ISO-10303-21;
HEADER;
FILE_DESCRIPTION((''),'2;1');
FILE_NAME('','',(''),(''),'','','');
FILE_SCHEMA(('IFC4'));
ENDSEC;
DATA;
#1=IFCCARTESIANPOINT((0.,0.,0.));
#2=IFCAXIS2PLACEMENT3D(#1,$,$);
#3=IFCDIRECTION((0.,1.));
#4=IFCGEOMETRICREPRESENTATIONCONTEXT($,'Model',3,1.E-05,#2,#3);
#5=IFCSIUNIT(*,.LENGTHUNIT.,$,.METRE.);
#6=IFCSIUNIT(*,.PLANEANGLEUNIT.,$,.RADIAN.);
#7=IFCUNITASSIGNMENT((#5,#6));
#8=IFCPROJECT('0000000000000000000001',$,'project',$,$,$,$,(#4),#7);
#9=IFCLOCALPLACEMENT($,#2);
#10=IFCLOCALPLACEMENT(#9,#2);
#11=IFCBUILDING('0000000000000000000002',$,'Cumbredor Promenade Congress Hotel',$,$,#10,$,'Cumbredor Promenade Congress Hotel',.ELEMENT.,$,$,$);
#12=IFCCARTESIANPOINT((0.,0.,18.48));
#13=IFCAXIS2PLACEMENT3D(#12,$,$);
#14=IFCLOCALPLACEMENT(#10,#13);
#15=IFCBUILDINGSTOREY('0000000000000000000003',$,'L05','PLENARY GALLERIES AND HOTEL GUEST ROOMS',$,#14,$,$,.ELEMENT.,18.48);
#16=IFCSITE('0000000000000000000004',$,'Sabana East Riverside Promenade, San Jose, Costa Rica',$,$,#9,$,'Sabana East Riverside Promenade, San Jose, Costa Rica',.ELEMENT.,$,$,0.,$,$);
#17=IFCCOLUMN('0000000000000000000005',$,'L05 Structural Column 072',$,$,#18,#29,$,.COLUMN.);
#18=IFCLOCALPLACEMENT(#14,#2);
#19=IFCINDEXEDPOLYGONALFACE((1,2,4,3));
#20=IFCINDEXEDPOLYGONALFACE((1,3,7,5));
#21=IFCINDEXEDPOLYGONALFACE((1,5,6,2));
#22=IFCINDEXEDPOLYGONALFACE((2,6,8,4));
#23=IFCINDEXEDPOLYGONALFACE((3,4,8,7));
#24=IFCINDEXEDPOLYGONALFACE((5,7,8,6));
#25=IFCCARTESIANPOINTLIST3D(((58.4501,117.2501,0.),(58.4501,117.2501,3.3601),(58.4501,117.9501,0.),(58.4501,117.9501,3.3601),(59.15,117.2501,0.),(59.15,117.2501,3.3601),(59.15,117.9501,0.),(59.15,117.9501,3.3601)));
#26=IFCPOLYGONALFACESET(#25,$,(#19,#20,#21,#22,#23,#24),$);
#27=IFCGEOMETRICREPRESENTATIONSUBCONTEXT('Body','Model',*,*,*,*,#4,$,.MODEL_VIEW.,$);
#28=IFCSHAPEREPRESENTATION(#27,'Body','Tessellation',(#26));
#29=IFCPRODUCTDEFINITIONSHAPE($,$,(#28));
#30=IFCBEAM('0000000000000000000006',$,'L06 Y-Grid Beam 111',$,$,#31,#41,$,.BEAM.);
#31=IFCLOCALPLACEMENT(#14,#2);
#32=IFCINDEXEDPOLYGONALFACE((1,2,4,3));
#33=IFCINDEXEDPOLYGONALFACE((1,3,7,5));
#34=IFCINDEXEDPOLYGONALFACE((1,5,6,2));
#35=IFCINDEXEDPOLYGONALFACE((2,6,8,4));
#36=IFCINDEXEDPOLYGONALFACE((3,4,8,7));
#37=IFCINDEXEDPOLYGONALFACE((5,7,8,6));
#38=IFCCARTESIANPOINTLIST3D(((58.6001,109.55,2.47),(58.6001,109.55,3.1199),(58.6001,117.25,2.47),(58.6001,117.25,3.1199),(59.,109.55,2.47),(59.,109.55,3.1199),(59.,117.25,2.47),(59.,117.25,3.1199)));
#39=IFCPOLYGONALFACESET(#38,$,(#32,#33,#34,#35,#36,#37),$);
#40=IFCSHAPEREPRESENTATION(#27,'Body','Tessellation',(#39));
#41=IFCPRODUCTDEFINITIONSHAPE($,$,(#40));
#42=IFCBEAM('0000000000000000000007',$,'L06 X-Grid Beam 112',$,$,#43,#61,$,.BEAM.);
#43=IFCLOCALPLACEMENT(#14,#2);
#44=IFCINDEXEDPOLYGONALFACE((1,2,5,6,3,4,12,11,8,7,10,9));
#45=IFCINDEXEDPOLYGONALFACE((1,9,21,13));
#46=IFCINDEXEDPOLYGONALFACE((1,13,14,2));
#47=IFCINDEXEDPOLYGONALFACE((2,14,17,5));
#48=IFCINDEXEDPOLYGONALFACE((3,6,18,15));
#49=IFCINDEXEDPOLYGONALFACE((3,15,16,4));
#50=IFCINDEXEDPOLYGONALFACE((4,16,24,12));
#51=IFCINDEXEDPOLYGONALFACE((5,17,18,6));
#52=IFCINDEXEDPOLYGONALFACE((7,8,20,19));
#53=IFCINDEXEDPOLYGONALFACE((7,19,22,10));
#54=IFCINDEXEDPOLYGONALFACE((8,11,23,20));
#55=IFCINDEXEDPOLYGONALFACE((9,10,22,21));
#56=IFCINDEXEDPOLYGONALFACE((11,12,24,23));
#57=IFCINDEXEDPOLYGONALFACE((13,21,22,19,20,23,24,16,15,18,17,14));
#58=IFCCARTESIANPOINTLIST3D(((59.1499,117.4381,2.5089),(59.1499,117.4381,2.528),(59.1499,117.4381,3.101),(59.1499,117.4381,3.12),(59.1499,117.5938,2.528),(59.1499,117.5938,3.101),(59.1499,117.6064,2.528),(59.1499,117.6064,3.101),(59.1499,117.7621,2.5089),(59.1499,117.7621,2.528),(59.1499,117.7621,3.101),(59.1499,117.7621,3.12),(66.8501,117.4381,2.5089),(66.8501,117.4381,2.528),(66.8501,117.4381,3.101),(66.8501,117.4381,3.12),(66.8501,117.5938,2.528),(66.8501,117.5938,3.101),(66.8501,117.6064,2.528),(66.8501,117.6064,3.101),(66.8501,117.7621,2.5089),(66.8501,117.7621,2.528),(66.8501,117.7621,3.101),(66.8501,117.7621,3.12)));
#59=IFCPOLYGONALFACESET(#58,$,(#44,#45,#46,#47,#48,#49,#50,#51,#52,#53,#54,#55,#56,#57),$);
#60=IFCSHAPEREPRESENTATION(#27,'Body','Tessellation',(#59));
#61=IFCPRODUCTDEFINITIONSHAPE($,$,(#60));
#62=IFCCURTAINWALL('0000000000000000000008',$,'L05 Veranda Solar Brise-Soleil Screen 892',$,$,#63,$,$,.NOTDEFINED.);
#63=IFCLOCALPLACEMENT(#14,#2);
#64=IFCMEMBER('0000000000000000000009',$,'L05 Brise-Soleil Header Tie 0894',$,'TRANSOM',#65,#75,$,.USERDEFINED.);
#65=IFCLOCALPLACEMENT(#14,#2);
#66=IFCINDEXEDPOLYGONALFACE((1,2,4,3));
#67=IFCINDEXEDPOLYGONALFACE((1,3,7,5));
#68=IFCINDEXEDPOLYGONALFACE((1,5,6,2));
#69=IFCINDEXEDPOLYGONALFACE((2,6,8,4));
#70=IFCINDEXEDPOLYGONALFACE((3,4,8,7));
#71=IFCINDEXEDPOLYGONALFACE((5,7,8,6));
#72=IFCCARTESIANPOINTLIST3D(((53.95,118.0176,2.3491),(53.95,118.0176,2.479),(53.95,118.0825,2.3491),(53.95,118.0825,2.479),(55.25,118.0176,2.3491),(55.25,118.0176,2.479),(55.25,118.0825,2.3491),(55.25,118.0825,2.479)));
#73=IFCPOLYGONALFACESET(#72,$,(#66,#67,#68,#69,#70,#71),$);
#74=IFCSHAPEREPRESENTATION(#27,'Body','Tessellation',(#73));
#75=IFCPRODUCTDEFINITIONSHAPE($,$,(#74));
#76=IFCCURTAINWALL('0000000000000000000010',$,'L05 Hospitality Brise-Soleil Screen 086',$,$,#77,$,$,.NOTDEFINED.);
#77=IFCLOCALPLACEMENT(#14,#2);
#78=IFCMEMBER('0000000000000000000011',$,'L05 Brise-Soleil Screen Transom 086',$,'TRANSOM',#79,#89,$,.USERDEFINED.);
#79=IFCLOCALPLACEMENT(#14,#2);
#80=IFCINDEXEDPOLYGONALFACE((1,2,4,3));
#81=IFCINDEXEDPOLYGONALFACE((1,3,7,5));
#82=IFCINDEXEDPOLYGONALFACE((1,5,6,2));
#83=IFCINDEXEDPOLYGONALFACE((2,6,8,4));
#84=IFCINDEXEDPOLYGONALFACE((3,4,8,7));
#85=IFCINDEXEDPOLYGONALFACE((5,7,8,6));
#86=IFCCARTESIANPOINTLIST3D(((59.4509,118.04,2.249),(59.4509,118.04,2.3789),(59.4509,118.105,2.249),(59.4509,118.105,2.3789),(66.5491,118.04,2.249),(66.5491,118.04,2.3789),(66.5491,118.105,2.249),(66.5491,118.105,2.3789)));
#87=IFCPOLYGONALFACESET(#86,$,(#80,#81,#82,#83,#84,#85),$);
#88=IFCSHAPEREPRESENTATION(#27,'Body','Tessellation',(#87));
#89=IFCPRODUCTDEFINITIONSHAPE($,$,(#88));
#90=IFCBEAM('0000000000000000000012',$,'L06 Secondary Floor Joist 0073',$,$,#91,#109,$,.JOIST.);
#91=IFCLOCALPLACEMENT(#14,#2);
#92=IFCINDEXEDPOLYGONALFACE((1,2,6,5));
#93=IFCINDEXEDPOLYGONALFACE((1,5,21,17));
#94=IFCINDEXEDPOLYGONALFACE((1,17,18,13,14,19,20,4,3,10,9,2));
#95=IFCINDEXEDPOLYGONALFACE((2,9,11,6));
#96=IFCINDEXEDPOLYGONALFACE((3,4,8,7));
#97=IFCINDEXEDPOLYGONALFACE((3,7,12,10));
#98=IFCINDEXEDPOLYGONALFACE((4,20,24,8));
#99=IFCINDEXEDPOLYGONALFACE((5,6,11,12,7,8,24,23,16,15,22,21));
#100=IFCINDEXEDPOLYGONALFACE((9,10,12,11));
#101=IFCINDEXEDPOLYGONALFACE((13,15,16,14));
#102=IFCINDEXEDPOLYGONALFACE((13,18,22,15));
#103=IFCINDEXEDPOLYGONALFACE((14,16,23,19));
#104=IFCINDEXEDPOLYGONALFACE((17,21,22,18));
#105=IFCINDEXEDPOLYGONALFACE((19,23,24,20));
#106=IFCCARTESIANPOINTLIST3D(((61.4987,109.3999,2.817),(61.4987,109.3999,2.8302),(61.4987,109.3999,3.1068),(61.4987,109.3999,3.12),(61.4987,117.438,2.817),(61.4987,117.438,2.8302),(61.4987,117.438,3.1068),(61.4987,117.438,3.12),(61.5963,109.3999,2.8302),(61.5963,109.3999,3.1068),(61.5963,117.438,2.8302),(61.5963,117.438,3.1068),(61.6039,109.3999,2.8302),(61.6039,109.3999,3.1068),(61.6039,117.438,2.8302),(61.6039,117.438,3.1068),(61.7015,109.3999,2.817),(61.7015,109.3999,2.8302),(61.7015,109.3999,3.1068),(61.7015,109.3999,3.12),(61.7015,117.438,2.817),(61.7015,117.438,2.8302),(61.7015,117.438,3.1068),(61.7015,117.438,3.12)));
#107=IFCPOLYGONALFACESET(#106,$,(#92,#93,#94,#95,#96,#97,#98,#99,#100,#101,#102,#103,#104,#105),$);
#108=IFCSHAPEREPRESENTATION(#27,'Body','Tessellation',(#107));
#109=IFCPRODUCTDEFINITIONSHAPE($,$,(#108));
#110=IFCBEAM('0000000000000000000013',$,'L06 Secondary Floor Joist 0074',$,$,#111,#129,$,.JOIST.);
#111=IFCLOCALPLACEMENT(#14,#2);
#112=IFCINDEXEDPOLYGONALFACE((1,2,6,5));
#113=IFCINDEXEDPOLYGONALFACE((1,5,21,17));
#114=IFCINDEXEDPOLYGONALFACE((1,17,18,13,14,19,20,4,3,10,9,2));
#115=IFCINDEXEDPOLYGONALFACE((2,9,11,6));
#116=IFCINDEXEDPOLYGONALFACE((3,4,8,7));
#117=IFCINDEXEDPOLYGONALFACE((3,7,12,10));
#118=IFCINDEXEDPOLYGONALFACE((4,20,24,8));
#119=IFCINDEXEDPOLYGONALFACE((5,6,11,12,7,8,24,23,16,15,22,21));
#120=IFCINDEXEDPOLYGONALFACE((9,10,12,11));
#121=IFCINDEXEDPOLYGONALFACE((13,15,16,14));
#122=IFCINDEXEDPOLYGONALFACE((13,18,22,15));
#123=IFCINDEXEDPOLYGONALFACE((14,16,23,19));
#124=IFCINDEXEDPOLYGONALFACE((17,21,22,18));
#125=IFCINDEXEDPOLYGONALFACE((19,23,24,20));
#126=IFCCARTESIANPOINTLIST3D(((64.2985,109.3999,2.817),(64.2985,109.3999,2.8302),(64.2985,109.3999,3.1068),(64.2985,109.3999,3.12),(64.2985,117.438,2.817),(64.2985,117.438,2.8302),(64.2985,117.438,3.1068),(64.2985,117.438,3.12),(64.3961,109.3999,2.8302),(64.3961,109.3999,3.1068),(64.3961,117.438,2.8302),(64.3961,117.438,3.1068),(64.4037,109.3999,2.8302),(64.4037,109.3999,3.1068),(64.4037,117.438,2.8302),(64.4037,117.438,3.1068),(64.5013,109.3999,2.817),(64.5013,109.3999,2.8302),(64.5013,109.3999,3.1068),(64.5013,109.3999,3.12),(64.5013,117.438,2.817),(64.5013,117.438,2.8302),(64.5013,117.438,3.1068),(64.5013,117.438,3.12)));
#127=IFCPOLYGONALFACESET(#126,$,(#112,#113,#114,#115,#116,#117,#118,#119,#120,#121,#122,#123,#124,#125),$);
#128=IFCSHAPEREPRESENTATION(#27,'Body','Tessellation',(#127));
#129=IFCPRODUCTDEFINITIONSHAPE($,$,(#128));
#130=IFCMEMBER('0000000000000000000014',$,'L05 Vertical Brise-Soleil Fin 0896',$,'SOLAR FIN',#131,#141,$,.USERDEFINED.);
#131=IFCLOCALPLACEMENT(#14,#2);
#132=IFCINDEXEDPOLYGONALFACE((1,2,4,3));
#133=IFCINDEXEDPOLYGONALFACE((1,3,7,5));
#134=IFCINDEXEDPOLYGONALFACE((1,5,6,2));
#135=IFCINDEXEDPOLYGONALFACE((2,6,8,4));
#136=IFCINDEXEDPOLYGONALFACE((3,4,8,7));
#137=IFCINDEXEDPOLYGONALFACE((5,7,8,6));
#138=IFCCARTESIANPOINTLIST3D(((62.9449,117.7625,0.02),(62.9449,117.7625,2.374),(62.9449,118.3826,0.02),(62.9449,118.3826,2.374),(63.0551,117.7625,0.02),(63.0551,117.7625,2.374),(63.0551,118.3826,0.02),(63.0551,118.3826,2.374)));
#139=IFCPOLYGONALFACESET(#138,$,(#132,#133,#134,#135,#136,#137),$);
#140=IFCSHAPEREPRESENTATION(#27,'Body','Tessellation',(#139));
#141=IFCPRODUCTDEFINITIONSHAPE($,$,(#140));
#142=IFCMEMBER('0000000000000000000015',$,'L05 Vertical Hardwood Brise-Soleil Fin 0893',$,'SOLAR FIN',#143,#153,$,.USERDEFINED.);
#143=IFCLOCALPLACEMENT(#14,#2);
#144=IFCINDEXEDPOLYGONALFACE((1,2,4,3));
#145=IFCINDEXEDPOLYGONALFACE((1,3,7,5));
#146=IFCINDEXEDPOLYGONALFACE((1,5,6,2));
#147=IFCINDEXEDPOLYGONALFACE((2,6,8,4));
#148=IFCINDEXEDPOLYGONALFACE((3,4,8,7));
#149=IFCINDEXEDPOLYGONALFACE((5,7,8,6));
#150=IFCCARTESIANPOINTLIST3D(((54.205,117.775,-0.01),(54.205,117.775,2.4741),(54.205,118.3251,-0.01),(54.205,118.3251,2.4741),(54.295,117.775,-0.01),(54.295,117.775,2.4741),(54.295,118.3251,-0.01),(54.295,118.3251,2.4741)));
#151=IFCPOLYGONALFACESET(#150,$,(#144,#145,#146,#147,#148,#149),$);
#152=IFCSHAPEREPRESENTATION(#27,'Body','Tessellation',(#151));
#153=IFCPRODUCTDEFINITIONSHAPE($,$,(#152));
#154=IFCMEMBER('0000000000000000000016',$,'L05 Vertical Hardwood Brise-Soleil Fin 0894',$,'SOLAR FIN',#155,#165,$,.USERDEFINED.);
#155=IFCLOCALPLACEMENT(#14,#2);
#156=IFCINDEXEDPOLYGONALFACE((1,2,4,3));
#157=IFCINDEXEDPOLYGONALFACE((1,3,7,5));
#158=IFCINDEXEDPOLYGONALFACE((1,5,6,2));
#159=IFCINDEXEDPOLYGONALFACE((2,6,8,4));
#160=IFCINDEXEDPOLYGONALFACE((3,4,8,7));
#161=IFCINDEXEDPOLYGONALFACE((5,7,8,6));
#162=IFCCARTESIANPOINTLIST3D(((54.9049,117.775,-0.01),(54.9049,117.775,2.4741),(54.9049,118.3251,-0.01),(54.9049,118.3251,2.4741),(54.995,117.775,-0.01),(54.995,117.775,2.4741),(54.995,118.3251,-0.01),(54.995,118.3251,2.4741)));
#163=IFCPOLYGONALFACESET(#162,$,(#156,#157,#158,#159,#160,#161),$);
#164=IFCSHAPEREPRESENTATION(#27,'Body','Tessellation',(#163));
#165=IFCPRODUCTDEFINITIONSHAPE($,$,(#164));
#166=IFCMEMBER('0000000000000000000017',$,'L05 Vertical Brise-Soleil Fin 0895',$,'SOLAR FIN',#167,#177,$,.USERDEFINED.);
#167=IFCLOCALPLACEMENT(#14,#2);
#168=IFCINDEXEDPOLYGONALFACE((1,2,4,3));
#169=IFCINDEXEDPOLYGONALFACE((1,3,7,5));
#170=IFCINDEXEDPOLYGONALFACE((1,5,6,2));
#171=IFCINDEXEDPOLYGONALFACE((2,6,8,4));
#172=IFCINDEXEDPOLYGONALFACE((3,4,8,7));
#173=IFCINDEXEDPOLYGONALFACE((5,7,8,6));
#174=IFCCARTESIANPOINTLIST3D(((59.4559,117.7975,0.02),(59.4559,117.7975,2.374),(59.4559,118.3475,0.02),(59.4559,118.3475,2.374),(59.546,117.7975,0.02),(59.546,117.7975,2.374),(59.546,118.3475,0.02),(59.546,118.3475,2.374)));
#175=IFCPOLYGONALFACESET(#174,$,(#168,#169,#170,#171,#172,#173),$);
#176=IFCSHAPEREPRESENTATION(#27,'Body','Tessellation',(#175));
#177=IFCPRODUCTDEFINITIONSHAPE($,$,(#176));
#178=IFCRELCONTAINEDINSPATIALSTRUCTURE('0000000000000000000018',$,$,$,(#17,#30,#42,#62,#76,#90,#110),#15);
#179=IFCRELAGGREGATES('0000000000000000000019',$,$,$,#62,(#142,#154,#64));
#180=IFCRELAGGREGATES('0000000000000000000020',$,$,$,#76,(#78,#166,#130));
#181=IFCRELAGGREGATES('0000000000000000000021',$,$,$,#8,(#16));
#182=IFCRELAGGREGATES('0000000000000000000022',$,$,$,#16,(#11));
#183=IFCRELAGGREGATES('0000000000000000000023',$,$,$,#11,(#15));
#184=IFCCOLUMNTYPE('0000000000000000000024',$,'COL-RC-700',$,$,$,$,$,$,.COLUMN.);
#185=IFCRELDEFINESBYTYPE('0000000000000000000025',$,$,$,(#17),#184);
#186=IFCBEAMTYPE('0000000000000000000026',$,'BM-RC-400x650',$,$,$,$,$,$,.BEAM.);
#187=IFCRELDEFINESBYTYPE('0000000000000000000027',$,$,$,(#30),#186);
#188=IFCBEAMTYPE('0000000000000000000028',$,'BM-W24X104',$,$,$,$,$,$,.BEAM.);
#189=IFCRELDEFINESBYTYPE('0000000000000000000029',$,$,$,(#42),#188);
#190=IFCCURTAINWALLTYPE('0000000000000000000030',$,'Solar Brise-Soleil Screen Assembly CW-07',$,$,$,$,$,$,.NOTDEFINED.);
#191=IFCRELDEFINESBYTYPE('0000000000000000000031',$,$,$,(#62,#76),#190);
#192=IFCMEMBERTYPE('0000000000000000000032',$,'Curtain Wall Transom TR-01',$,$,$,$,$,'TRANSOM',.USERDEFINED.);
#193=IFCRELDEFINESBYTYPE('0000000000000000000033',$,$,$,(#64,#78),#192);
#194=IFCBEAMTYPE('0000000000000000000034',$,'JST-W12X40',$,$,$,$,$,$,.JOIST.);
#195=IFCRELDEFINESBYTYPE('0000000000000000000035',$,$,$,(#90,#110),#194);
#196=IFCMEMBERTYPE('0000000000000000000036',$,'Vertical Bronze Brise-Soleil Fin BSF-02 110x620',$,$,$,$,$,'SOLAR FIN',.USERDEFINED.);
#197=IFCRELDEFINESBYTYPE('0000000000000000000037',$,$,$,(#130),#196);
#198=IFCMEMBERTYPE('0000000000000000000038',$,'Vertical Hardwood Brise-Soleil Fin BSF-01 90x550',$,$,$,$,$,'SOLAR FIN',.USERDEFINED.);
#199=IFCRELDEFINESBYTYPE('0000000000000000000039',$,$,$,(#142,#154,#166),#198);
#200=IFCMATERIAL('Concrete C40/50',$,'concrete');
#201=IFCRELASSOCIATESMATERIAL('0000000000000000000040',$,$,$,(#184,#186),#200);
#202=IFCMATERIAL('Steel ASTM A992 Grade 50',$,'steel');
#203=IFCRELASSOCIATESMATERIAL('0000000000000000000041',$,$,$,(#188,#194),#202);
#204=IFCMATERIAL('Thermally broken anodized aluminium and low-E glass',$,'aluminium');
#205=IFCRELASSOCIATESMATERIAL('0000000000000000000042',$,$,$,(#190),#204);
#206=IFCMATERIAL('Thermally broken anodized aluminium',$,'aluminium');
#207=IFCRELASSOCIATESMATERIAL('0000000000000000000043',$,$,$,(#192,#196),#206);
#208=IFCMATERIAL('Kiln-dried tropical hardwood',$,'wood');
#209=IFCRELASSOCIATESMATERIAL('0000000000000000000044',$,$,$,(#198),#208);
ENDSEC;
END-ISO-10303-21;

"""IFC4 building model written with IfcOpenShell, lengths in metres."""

from ifc_helpers import new_model, si_unit, direction, frame, origin, origin_2d, place, context, subcontext, project, spatial, rectangle, i_section, extrude, material, material_profile, profile_set, type_object, element, aggregate, save


model = new_model("IFC4")

# Units and contexts
model_context = context("Model", 3, precision=1e-05, world=origin(), true_north=direction((0.0, 1.0)))
body_context = subcontext(model_context, "Body", "Model", "MODEL_VIEW")
ifc_project = project(units=[si_unit("LENGTHUNIT", "METRE"), si_unit("PLANEANGLEUNIT", "RADIAN")], contexts=[model_context])

# Site, building, storey
site_placement = place(None, origin())
site = spatial("IfcSite", under=ifc_project, at=site_placement, Name="Sabana East Riverside Promenade, San Jose, Costa Rica", LongName="Sabana East Riverside Promenade, San Jose, Costa Rica", CompositionType="ELEMENT", RefElevation=0.0)
building_placement = place(site_placement, origin())
building = spatial("IfcBuilding", under=site, at=building_placement, Name="Cumbredor Promenade Congress Hotel", LongName="Cumbredor Promenade Congress Hotel", CompositionType="ELEMENT")
storey_placement = place(building_placement, frame((0.0, 0.0, 18.48)))
storey = spatial("IfcBuildingStorey", under=building, at=storey_placement, Name="L05", Description="PLENARY GALLERIES AND HOTEL GUEST ROOMS", CompositionType="ELEMENT", Elevation=18.48)

# Column
ifc_material_1 = material(Name="Concrete C40/50", Category="concrete")
ifc_material_profile_1 = material_profile(ifc_material_1, rectangle(XDim=0.7, YDim=0.7, at=origin_2d()), Name="RC 700x700")
ifc_profile_set_1 = profile_set([ifc_material_profile_1], Name="Concrete C40/50")
column_type = type_object("IfcColumnType", Name="COL-RC-700", PredefinedType="COLUMN", material=ifc_profile_set_1)
column_placement = place(storey_placement, frame((58.8, 117.6001, 0.0), z_axis=(0.0, 0.0, 1.0), x_axis=(1.0, 0.0, 0.0)))
element("IfcColumn", 1, at=column_placement, inside=storey, type_object=column_type, Name="L05 Structural Column 072", PredefinedType="COLUMN", context=body_context, shape_type="SweptSolid", body=[
    extrude(rectangle(XDim=0.7, YDim=0.7, at=origin_2d()), origin(), (0.0, 0.0, 1.0), 3.3601),
])

# Beams
ifc_material_profile_2 = material_profile(ifc_material_1, rectangle(XDim=0.3999, YDim=0.6499, at=origin_2d()), Name="RC BEAM 400x650")
ifc_profile_set_2 = profile_set([ifc_material_profile_2], Name="Concrete C40/50")
beam_type_1 = type_object("IfcBeamType", Name="BM-RC-400x650", PredefinedType="BEAM", material=ifc_profile_set_2)
beam_1_placement = place(storey_placement, frame((58.8, 109.55, 2.7949), z_axis=(0.0, 1.0, 0.0), x_axis=(-1.0, 0.0, 0.0)))
element("IfcBeam", 2, at=beam_1_placement, inside=storey, type_object=beam_type_1, Name="L06 Y-Grid Beam 111", PredefinedType="BEAM", context=body_context, shape_type="SweptSolid", body=[
    extrude(rectangle(XDim=0.3999, YDim=0.6499, at=origin_2d()), origin(), (0.0, 0.0, 1.0), 7.7),
])
ifc_material_2 = material(Name="Steel ASTM A992 Grade 50", Category="steel")
ifc_material_profile_3 = material_profile(ifc_material_2, i_section(OverallWidth=0.324, OverallDepth=0.6111, WebThickness=0.0127, FlangeThickness=0.019, at=origin_2d()), Name="W24X104")
ifc_profile_set_3 = profile_set([ifc_material_profile_3], Name="Steel ASTM A992 Grade 50")
beam_type_2 = type_object("IfcBeamType", Name="BM-W24X104", PredefinedType="BEAM", material=ifc_profile_set_3)
beam_2_placement = place(storey_placement, frame((59.1499, 117.6001, 2.8145), z_axis=(1.0, 0.0, 0.0), x_axis=(0.0, 1.0, 0.0)))
element("IfcBeam", 3, at=beam_2_placement, inside=storey, type_object=beam_type_2, Name="L06 X-Grid Beam 112", PredefinedType="BEAM", context=body_context, shape_type="SweptSolid", body=[
    extrude(i_section(OverallWidth=0.324, OverallDepth=0.6111, WebThickness=0.0127, FlangeThickness=0.019, at=origin_2d()), origin(), (0.0, 0.0, 1.0), 7.7002),
])

# Curtain walls, members
ifc_material_3 = material(Name="Thermally broken anodized aluminium and low-E glass", Category="aluminium")
curtain_wall_type = type_object("IfcCurtainWallType", Name="Solar Brise-Soleil Screen Assembly CW-07", PredefinedType="NOTDEFINED", material=ifc_material_3)
curtain_wall_1_placement = place(storey_placement, origin())
curtain_wall_1 = element("IfcCurtainWall", 4, at=curtain_wall_1_placement, inside=storey, type_object=curtain_wall_type, Name="L05 Veranda Solar Brise-Soleil Screen 892", PredefinedType="NOTDEFINED")
ifc_material_4 = material(Name="Thermally broken anodized aluminium", Category="aluminium")
ifc_material_profile_4 = material_profile(ifc_material_4, rectangle(XDim=0.0649, YDim=0.1299, at=origin_2d()), Name="ALU TRANSOM 65x130")
ifc_profile_set_4 = profile_set([ifc_material_profile_4], Name="Thermally broken anodized aluminium")
member_type_1 = type_object("IfcMemberType", Name="Curtain Wall Transom TR-01", ElementType="TRANSOM", PredefinedType="USERDEFINED", material=ifc_profile_set_4)
member_1_placement = place(storey_placement, frame((53.95, 118.05, 2.4141), z_axis=(1.0, 0.0, 0.0), x_axis=(0.0, 1.0, 0.0)))
member_1 = element("IfcMember", 5, at=member_1_placement, type_object=member_type_1, Name="L05 Brise-Soleil Header Tie 0894", ObjectType="TRANSOM", PredefinedType="USERDEFINED", context=body_context, shape_type="SweptSolid", body=[
    extrude(rectangle(XDim=0.0649, YDim=0.1299, at=origin_2d()), origin(), (0.0, 0.0, 1.0), 1.3),
])
curtain_wall_2_placement = place(storey_placement, origin())
curtain_wall_2 = element("IfcCurtainWall", 6, at=curtain_wall_2_placement, inside=storey, type_object=curtain_wall_type, Name="L05 Hospitality Brise-Soleil Screen 086", PredefinedType="NOTDEFINED")
member_2_placement = place(storey_placement, frame((59.4509, 118.0725, 2.314), z_axis=(1.0, 0.0, 0.0), x_axis=(0.0, 1.0, 0.0)))
member_2 = element("IfcMember", 7, at=member_2_placement, type_object=member_type_1, Name="L05 Brise-Soleil Screen Transom 086", ObjectType="TRANSOM", PredefinedType="USERDEFINED", context=body_context, shape_type="SweptSolid", body=[
    extrude(rectangle(XDim=0.0649, YDim=0.1299, at=origin_2d()), origin(), (0.0, 0.0, 1.0), 7.0981),
])

# Beams
ifc_material_profile_5 = material_profile(ifc_material_2, i_section(OverallWidth=0.2029, OverallDepth=0.303, WebThickness=0.0076, FlangeThickness=0.0132, at=origin_2d()), Name="W12X40")
ifc_profile_set_5 = profile_set([ifc_material_profile_5], Name="Steel ASTM A992 Grade 50")
beam_type_3 = type_object("IfcBeamType", Name="JST-W12X40", PredefinedType="JOIST", material=ifc_profile_set_5)
for number, where, z_axis, x_axis, name in (
    (8, (61.6001, 109.3999, 2.9685), (0.0, 1.0, 0.0), (-1.0, 0.0, 0.0), "L06 Secondary Floor Joist 0073"),
    (9, (64.3999, 109.3999, 2.9685), (0.0, 1.0, 0.0), (-1.0, 0.0, 0.0), "L06 Secondary Floor Joist 0074"),
):
    element("IfcBeam", number, at=place(storey_placement, frame(where, z_axis=z_axis, x_axis=x_axis)), inside=storey, type_object=beam_type_3, Name=name, PredefinedType="JOIST", context=body_context, shape_type="SweptSolid", body=[
        extrude(i_section(OverallWidth=0.2029, OverallDepth=0.303, WebThickness=0.0076, FlangeThickness=0.0132, at=origin_2d()), origin(), (0.0, 0.0, 1.0), 8.0381),
    ])

# Members
ifc_material_profile_6 = material_profile(ifc_material_4, rectangle(XDim=0.1101, YDim=0.6201, at=origin_2d()), Name="ARCH FIN 110x620")
ifc_profile_set_6 = profile_set([ifc_material_profile_6], Name="Thermally broken anodized aluminium")
member_type_2 = type_object("IfcMemberType", Name="Vertical Bronze Brise-Soleil Fin BSF-02 110x620", ElementType="SOLAR FIN", PredefinedType="USERDEFINED", material=ifc_profile_set_6)
member_3_placement = place(storey_placement, frame((63.0, 118.0725, 0.02), z_axis=(0.0, 0.0, 1.0), x_axis=(1.0, 0.0, 0.0)))
member_3 = element("IfcMember", 10, at=member_3_placement, type_object=member_type_2, Name="L05 Vertical Brise-Soleil Fin 0896", ObjectType="SOLAR FIN", PredefinedType="USERDEFINED", context=body_context, shape_type="SweptSolid", body=[
    extrude(rectangle(XDim=0.1101, YDim=0.6201, at=origin_2d()), origin(), (0.0, 0.0, 1.0), 2.354),
])
ifc_material_5 = material(Name="Kiln-dried tropical hardwood", Category="wood")
ifc_material_profile_7 = material_profile(ifc_material_5, rectangle(XDim=0.0901, YDim=0.55, at=origin_2d()), Name="ARCH FIN 90x550")
ifc_profile_set_7 = profile_set([ifc_material_profile_7], Name="Kiln-dried tropical hardwood")
member_type_3 = type_object("IfcMemberType", Name="Vertical Hardwood Brise-Soleil Fin BSF-01 90x550", ElementType="SOLAR FIN", PredefinedType="USERDEFINED", material=ifc_profile_set_7)
member_4_placement = place(storey_placement, frame((54.25, 118.05, -0.01), z_axis=(0.0, 0.0, 1.0), x_axis=(1.0, 0.0, 0.0)))
member_4 = element("IfcMember", 11, at=member_4_placement, type_object=member_type_3, Name="L05 Vertical Hardwood Brise-Soleil Fin 0893", ObjectType="SOLAR FIN", PredefinedType="USERDEFINED", context=body_context, shape_type="SweptSolid", body=[
    extrude(rectangle(XDim=0.0901, YDim=0.55, at=origin_2d()), origin(), (0.0, 0.0, 1.0), 2.4841),
])
member_5_placement = place(storey_placement, frame((54.95, 118.05, -0.01), z_axis=(0.0, 0.0, 1.0), x_axis=(1.0, 0.0, 0.0)))
member_5 = element("IfcMember", 12, at=member_5_placement, type_object=member_type_3, Name="L05 Vertical Hardwood Brise-Soleil Fin 0894", ObjectType="SOLAR FIN", PredefinedType="USERDEFINED", context=body_context, shape_type="SweptSolid", body=[
    extrude(rectangle(XDim=0.0901, YDim=0.55, at=origin_2d()), origin(), (0.0, 0.0, 1.0), 2.4841),
])
aggregate(curtain_wall_1, [member_4, member_5, member_1])
member_6_placement = place(storey_placement, frame((59.501, 118.0725, 0.02), z_axis=(0.0, 0.0, 1.0), x_axis=(1.0, 0.0, 0.0)))
member_6 = element("IfcMember", 13, at=member_6_placement, type_object=member_type_3, Name="L05 Vertical Brise-Soleil Fin 0895", ObjectType="SOLAR FIN", PredefinedType="USERDEFINED", context=body_context, shape_type="SweptSolid", body=[
    extrude(rectangle(XDim=0.0901, YDim=0.55, at=origin_2d()), origin(), (0.0, 0.0, 1.0), 2.354),
])

aggregate(curtain_wall_2, [member_2, member_6, member_3])

save(model, "model.ifc")
